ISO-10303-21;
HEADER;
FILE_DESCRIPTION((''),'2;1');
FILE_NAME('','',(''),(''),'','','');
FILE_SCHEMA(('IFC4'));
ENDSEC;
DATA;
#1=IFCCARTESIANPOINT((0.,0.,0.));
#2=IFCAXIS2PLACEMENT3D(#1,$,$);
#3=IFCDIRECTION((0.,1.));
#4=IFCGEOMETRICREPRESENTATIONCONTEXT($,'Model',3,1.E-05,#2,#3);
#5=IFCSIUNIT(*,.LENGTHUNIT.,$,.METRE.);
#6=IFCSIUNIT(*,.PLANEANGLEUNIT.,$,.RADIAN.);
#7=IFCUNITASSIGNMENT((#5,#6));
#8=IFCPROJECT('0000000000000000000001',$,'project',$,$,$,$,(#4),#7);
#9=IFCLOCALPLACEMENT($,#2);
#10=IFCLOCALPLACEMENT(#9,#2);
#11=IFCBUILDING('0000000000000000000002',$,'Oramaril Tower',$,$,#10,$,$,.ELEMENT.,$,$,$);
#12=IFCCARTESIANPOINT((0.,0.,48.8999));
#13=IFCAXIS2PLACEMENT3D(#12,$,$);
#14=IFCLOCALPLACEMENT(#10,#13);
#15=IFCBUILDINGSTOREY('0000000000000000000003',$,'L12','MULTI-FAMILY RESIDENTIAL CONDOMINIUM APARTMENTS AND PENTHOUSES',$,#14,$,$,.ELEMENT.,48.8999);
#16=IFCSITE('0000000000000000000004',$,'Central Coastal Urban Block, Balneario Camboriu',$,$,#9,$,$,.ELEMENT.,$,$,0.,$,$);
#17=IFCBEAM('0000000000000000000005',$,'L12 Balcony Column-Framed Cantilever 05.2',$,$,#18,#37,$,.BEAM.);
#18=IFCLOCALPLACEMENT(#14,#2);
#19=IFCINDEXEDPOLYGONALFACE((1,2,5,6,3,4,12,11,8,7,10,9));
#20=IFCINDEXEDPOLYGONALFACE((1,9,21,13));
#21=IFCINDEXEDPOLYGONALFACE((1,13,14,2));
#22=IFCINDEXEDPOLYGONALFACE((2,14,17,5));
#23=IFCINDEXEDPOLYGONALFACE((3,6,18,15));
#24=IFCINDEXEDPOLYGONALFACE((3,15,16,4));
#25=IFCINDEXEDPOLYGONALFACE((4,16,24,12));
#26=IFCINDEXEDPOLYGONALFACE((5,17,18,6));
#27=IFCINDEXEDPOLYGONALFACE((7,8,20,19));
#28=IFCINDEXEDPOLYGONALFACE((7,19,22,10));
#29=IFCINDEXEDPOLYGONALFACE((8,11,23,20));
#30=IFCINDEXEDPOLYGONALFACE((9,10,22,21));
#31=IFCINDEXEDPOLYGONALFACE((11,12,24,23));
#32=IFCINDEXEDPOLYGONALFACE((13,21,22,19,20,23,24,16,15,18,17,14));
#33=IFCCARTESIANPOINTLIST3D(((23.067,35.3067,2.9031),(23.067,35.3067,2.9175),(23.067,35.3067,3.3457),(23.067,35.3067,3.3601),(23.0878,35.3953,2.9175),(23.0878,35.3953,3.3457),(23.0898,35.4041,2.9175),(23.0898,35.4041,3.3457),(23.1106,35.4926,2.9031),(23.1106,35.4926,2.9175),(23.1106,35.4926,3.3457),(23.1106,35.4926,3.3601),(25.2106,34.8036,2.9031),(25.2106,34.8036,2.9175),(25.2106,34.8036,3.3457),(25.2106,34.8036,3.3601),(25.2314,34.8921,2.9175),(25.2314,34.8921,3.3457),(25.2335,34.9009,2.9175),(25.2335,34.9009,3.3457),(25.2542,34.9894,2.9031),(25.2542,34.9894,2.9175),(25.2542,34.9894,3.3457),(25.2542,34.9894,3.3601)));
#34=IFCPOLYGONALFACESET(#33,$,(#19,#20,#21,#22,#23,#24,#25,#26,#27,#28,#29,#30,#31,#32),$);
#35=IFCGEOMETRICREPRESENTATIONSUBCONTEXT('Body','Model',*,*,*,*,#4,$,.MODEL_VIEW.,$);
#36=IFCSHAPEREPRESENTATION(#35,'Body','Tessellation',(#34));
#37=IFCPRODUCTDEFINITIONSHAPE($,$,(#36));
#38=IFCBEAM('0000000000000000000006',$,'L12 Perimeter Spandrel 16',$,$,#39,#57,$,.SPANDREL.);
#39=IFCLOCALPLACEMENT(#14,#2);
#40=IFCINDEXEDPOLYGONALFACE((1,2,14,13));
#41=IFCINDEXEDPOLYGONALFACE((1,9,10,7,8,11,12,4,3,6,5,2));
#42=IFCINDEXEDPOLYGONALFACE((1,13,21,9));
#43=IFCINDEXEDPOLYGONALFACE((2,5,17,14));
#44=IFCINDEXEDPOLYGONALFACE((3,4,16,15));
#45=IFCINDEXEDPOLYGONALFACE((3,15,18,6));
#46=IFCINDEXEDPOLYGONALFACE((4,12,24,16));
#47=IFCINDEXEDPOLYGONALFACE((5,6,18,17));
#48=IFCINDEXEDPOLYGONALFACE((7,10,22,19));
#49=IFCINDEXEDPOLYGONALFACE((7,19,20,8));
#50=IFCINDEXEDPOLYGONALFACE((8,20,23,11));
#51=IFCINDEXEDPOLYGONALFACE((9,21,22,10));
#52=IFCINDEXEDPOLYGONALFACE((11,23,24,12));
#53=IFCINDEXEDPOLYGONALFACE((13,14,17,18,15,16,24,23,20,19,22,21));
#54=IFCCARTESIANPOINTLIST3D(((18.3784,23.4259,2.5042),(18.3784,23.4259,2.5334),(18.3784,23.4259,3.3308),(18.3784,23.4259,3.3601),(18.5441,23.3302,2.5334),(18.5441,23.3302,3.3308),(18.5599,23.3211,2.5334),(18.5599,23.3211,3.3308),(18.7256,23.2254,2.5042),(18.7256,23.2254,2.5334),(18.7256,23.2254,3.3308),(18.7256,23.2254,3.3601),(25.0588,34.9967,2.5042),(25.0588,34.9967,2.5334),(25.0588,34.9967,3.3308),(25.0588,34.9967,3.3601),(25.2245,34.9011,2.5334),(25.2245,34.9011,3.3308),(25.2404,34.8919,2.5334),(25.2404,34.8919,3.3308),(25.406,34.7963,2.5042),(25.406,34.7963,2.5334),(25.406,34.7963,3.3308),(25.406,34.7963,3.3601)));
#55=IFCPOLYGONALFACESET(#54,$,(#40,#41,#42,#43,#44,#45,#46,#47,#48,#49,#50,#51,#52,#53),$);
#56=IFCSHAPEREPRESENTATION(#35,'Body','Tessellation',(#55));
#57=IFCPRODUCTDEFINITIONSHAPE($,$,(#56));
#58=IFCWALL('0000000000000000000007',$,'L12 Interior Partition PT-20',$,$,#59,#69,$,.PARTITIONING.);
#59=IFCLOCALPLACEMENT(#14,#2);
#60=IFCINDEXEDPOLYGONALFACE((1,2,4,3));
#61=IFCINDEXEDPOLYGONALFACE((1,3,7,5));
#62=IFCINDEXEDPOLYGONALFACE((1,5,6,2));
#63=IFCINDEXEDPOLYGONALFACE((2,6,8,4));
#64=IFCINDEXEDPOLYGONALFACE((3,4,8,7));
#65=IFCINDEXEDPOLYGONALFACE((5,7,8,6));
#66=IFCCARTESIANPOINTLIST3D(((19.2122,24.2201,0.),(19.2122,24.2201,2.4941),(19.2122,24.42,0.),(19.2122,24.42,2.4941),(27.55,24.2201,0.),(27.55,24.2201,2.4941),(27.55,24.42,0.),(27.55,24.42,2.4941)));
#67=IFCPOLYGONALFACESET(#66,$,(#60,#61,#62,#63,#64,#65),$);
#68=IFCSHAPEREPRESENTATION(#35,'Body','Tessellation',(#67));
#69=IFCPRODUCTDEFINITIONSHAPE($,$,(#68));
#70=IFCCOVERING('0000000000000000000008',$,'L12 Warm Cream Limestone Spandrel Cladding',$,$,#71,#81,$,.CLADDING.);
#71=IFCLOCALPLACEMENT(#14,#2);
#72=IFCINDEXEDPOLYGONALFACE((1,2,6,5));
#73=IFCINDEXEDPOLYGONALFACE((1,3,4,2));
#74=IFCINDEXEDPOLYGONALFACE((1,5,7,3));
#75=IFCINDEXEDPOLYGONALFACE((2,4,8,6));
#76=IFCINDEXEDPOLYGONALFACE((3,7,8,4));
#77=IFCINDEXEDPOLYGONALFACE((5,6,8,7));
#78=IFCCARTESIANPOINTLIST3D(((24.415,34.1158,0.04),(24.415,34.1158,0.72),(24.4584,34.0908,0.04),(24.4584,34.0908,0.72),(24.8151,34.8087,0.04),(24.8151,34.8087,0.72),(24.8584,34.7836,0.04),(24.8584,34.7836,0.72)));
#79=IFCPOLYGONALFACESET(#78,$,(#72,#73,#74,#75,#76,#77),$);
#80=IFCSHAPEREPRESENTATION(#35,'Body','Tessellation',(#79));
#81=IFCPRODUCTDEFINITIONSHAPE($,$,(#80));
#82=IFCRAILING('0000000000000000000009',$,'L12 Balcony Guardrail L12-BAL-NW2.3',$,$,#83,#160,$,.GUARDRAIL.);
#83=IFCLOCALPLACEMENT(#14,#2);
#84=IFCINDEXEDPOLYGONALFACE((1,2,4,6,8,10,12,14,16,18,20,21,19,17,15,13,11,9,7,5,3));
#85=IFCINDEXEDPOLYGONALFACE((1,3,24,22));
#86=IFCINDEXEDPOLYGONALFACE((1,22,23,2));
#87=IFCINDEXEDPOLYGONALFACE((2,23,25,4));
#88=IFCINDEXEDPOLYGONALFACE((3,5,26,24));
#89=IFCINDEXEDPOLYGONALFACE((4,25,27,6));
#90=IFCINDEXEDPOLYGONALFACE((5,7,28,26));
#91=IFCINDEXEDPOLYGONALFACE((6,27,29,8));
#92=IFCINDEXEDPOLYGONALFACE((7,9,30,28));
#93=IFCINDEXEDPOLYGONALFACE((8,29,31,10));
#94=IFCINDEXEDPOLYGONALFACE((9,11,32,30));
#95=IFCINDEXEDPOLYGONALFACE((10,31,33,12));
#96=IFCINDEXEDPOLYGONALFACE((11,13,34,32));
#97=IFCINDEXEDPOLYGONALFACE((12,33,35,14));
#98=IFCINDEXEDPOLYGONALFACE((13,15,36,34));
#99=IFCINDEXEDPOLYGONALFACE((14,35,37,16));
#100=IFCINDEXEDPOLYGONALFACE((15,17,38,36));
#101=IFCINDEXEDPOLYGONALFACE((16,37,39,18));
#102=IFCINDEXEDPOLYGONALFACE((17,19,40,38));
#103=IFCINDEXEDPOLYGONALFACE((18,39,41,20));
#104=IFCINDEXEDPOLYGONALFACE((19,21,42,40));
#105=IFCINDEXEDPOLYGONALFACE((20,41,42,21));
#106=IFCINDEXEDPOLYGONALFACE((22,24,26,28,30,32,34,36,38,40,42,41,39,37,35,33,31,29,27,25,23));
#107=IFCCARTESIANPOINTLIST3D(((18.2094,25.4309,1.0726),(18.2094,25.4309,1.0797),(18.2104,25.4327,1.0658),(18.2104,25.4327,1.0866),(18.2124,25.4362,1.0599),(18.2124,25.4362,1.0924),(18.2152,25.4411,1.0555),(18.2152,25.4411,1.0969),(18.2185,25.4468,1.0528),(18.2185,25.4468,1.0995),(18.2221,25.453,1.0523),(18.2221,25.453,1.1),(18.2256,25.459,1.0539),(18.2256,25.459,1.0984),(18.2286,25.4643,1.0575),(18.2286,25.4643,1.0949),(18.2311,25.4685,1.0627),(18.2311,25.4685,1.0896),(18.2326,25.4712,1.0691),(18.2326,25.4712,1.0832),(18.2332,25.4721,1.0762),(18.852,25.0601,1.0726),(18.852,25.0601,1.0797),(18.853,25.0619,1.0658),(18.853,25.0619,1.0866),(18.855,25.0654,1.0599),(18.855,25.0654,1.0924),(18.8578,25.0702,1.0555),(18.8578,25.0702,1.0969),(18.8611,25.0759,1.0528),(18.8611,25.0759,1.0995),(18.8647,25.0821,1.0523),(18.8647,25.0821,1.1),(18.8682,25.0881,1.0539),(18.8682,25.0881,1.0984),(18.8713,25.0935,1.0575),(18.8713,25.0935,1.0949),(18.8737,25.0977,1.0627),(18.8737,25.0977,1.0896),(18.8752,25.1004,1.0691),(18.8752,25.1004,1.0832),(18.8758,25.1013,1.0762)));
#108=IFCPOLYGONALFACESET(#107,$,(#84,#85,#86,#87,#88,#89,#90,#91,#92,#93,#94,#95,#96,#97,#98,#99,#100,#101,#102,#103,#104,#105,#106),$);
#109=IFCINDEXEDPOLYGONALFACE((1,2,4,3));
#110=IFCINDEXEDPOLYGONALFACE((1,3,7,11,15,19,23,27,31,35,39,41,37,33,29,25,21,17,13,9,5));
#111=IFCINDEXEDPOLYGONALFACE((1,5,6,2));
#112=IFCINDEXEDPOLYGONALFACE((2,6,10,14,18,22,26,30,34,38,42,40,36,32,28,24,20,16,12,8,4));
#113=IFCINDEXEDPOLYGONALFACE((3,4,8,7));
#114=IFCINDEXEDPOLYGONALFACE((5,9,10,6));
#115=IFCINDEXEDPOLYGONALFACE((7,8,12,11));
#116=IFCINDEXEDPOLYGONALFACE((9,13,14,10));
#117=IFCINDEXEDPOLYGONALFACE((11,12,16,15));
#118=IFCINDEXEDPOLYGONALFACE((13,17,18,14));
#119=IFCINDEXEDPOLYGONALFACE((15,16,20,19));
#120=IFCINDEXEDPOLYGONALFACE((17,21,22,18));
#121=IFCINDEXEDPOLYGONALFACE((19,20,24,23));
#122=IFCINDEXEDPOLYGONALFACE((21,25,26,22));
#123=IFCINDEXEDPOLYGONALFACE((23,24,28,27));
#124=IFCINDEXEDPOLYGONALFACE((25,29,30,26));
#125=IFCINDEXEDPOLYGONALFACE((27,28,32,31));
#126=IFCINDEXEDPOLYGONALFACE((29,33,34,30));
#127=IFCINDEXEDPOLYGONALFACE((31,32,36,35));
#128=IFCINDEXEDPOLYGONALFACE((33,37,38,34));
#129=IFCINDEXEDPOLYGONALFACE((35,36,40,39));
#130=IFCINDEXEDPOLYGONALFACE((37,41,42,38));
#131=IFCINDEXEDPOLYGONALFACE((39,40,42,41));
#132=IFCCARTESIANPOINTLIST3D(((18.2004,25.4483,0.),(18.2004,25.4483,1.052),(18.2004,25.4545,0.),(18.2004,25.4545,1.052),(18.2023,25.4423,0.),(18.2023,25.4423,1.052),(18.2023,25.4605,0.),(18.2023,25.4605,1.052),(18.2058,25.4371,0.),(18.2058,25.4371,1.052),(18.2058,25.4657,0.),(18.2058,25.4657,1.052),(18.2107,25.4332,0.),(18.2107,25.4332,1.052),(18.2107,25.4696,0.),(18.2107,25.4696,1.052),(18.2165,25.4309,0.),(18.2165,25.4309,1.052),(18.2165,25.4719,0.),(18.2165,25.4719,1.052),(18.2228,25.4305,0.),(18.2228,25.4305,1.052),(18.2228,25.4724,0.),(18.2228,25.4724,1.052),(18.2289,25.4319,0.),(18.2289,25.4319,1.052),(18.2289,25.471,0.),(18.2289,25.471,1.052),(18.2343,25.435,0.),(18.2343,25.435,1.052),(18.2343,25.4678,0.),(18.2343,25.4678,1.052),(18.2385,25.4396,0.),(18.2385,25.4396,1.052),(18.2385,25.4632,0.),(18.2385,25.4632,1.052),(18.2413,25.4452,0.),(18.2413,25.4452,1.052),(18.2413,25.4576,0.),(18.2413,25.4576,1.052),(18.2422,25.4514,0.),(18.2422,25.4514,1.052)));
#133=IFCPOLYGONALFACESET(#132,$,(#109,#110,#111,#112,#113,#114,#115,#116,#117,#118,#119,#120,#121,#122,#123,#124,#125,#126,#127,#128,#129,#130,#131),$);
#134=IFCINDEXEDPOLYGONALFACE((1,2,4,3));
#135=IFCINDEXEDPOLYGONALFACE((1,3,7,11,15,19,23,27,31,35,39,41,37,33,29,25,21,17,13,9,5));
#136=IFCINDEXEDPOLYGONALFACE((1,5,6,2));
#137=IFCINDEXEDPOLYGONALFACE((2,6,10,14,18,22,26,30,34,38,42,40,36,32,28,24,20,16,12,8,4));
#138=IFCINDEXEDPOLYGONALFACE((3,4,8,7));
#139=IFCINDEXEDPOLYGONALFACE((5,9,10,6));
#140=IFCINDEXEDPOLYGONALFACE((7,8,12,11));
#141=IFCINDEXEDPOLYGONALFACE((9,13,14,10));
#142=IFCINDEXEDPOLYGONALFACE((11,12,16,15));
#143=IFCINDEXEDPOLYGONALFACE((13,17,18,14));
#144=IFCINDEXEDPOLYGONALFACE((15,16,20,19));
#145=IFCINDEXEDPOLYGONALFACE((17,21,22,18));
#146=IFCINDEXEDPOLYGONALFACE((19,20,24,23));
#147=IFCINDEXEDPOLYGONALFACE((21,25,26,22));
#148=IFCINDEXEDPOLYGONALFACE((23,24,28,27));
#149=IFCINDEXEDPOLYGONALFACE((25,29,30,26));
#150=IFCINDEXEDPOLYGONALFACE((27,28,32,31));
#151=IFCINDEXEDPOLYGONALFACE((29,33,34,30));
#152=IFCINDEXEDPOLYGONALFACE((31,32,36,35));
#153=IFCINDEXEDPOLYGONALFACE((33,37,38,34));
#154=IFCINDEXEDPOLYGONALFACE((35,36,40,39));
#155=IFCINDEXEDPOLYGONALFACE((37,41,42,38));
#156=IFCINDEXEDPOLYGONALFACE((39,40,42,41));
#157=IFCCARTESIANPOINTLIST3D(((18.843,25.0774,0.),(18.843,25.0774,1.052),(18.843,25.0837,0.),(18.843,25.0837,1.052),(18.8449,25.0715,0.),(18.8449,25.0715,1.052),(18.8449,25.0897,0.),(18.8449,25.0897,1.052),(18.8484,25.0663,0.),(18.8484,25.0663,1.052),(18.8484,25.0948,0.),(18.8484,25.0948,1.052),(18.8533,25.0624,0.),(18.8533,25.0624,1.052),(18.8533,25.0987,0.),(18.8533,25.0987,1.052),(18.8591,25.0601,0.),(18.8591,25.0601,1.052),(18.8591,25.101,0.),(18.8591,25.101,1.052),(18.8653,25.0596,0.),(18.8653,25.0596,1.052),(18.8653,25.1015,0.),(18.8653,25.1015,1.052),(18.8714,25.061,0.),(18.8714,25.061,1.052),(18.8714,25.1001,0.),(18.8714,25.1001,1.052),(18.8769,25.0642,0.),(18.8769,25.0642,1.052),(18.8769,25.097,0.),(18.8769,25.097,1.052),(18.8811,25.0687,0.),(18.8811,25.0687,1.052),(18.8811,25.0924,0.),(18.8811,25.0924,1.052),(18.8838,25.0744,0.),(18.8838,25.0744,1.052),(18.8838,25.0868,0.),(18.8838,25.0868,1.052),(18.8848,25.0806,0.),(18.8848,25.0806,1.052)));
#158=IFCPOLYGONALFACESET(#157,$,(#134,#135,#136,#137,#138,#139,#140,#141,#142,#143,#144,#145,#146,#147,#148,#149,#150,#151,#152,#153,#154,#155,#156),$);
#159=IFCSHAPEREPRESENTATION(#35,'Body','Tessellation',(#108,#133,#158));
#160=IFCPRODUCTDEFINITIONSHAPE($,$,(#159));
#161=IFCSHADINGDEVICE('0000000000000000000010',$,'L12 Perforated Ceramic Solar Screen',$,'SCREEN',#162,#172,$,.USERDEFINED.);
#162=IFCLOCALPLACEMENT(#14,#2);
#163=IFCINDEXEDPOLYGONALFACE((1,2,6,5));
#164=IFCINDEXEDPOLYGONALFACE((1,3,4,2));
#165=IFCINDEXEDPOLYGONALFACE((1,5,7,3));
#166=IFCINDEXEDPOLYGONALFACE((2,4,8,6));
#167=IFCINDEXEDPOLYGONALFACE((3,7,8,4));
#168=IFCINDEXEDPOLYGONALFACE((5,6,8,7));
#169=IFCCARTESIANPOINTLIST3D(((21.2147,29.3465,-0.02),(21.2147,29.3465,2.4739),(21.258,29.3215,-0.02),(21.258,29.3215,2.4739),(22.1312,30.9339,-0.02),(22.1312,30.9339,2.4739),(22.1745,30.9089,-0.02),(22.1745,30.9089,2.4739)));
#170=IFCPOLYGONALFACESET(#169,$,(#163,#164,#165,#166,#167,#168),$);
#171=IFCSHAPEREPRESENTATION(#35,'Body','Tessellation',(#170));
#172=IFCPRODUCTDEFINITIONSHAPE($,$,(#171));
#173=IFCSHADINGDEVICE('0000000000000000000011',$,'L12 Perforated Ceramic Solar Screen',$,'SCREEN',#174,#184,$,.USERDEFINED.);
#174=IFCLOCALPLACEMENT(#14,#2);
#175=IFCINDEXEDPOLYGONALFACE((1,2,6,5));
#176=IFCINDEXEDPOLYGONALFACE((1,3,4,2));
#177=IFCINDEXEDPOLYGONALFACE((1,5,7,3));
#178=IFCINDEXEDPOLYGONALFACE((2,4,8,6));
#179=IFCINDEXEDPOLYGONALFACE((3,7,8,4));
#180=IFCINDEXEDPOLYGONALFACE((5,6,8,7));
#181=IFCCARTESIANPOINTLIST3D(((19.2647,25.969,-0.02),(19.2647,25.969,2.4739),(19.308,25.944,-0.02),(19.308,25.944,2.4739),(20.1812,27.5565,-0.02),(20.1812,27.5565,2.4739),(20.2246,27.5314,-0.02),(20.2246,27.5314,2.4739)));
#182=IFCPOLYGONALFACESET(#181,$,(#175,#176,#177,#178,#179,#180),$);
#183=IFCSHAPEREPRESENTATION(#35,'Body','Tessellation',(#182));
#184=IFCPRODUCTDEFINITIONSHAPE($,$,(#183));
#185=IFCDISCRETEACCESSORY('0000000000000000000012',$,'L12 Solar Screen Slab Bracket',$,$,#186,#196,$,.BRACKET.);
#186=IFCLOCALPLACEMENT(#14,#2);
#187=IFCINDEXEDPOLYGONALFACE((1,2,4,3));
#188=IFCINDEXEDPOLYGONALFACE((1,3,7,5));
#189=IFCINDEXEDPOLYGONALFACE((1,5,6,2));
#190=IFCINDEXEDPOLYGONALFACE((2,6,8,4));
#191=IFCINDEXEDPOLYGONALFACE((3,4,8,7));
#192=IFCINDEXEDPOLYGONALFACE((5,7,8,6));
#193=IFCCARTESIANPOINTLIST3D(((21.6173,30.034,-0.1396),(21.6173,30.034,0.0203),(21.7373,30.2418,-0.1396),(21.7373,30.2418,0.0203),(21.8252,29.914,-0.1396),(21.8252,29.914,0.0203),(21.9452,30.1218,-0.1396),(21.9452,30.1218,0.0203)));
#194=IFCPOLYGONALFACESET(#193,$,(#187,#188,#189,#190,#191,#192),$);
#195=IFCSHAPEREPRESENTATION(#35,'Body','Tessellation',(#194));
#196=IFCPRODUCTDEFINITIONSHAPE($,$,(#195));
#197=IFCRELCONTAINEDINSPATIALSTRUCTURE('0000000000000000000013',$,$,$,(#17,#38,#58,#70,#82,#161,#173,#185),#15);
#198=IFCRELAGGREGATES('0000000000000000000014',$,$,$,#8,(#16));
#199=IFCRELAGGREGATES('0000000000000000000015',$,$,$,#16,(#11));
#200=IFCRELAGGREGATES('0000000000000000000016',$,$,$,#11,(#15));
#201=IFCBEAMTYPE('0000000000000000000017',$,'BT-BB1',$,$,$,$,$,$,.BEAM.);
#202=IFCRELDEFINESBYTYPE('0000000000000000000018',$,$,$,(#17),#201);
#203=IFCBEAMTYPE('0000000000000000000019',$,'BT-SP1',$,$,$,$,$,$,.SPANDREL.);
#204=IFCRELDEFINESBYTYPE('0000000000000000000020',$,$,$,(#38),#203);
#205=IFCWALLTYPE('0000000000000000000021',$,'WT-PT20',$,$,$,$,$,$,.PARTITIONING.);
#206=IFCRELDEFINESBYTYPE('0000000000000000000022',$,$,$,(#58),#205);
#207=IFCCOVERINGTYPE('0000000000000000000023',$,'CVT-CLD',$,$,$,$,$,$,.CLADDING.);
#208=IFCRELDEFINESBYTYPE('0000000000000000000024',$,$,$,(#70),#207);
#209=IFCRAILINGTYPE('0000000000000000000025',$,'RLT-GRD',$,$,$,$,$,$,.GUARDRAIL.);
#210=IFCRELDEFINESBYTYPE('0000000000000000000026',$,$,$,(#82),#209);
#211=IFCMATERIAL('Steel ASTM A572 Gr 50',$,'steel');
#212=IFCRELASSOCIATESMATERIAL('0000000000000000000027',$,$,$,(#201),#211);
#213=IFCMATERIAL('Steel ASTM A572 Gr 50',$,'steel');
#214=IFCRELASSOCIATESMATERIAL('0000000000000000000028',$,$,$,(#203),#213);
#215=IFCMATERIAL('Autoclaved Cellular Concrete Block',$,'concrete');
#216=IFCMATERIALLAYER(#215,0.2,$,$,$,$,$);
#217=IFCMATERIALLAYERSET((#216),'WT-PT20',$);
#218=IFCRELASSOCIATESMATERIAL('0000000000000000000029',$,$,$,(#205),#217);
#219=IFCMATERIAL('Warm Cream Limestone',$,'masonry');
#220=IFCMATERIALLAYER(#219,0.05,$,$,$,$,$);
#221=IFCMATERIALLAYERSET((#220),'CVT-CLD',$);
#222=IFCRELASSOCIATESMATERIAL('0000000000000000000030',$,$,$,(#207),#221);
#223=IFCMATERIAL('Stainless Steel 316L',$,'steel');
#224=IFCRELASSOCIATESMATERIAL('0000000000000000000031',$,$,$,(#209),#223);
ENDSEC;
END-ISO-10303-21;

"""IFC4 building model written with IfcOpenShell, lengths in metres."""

from ifc_helpers import new_model, si_unit, direction, frame, frame_2d, origin, origin_2d, place, context, subcontext, project, spatial, rectangle, circle, i_section, extrude, material, layer, layer_set, material_profile, profile_set, type_object, element, save


model = new_model("IFC4")

# Units and contexts
model_context = context("Model", 3, precision=1e-05, world=origin(), true_north=direction((0.0, 1.0)))
body_context = subcontext(model_context, "Body", "Model", "MODEL_VIEW")
ifc_project = project(units=[si_unit("LENGTHUNIT", "METRE"), si_unit("PLANEANGLEUNIT", "RADIAN")], contexts=[model_context])

# Site, building, storey
site_placement = place(None, origin())
site = spatial("IfcSite", under=ifc_project, at=site_placement, Name="Central Coastal Urban Block, Balneario Camboriu", CompositionType="ELEMENT", RefElevation=0.0)
building_placement = place(site_placement, origin())
building = spatial("IfcBuilding", under=site, at=building_placement, Name="Oramaril Tower", CompositionType="ELEMENT")
storey_placement = place(building_placement, frame((0.0, 0.0, 48.8999)))
storey = spatial("IfcBuildingStorey", under=building, at=storey_placement, Name="L12", Description="MULTI-FAMILY RESIDENTIAL CONDOMINIUM APARTMENTS AND PENTHOUSES", CompositionType="ELEMENT", Elevation=48.8999)

# Beams
ifc_material_1 = material(Name="Steel ASTM A572 Gr 50", Category="steel")
ifc_material_profile_1 = material_profile(ifc_material_1, i_section(OverallWidth=0.1909, OverallDepth=0.457, WebThickness=0.009, FlangeThickness=0.0144, at=origin_2d()), Name="W18X50")
ifc_profile_set_1 = profile_set([ifc_material_profile_1], Name="Steel ASTM A572 Gr 50")
beam_type_1 = type_object("IfcBeamType", Name="BT-BB1", PredefinedType="BEAM", material=ifc_profile_set_1)
beam_1_placement = place(storey_placement, frame((25.2324, 34.8965, 3.1316), z_axis=(-0.973538, 0.228526, 0.0), x_axis=(-0.228526, -0.973538, 0.0)))
element("IfcBeam", 1, at=beam_1_placement, inside=storey, type_object=beam_type_1, Name="L12 Balcony Column-Framed Cantilever 05.2", PredefinedType="BEAM", context=body_context, shape_type="SweptSolid", body=[
    extrude(i_section(OverallWidth=0.1909, OverallDepth=0.457, WebThickness=0.009, FlangeThickness=0.0144, at=origin_2d()), origin(), (0.0, 0.0, 1.0), 2.2019),
])
ifc_material_2 = material(Name="Steel ASTM A572 Gr 50", Category="steel")
ifc_material_profile_2 = material_profile(ifc_material_2, i_section(OverallWidth=0.4009, OverallDepth=0.856, WebThickness=0.0183, FlangeThickness=0.0293, at=origin_2d()), Name="W33X201")
ifc_profile_set_2 = profile_set([ifc_material_profile_2], Name="Steel ASTM A572 Gr 50")
beam_type_2 = type_object("IfcBeamType", Name="BT-SP1", PredefinedType="SPANDREL", material=ifc_profile_set_2)
beam_2_placement = place(storey_placement, frame((25.2324, 34.8965, 2.9321), z_axis=(-0.500001, -0.866025, 0.0), x_axis=(0.866025, -0.500001, 0.0)))
element("IfcBeam", 2, at=beam_2_placement, inside=storey, type_object=beam_type_2, Name="L12 Perimeter Spandrel 16", PredefinedType="SPANDREL", context=body_context, shape_type="SweptSolid", body=[
    extrude(i_section(OverallWidth=0.4009, OverallDepth=0.856, WebThickness=0.0183, FlangeThickness=0.0293, at=origin_2d()), origin(), (0.0, 0.0, 1.0), 13.3608),
])

# Wall
ifc_material_3 = material(Name="Autoclaved Cellular Concrete Block", Category="concrete")
ifc_layer_1 = layer(ifc_material_3, 0.2)
ifc_layer_set_1 = layer_set([ifc_layer_1], Name="WT-PT20")
wall_type = type_object("IfcWallType", Name="WT-PT20", PredefinedType="PARTITIONING", material=ifc_layer_set_1)
wall_1_placement = place(storey_placement, frame((19.2122, 24.3201, 0.0), z_axis=(0.0, 0.0, 1.0), x_axis=(1.0, 0.0, 0.0)))
element("IfcWall", 3, at=wall_1_placement, inside=storey, type_object=wall_type, Name="L12 Interior Partition PT-20", PredefinedType="PARTITIONING", context=body_context, shape_type="SweptSolid", body=[
    extrude(rectangle(XDim=8.3379, YDim=0.2, at=frame_2d((4.1689, 0.0))), origin(), (0.0, 0.0, 1.0), 2.4941),
])

# Covering
ifc_material_4 = material(Name="Warm Cream Limestone", Category="masonry")
ifc_layer_2 = layer(ifc_material_4, 0.05)
ifc_layer_set_2 = layer_set([ifc_layer_2], Name="CVT-CLD")
covering_type = type_object("IfcCoveringType", Name="CVT-CLD", PredefinedType="CLADDING", material=ifc_layer_set_2)
covering_placement = place(storey_placement, frame((24.6367, 34.4497, 0.04), z_axis=(0.0, 0.0, 1.0), x_axis=(-0.5, -0.866025, 0.0)))
element("IfcCovering", 4, at=covering_placement, inside=storey, type_object=covering_type, Name="L12 Warm Cream Limestone Spandrel Cladding", PredefinedType="CLADDING", context=body_context, shape_type="SweptSolid", body=[
    extrude(rectangle(XDim=0.8, YDim=0.05, at=origin_2d()), origin(), (0.0, 0.0, 1.0), 0.6799),
])

# Railing
ifc_material_5 = material(Name="Stainless Steel 316L", Category="steel")
railing_type = type_object("IfcRailingType", Name="RLT-GRD", PredefinedType="GUARDRAIL", material=ifc_material_5)
railing_placement = place(storey_placement, frame((18.2212, 25.4514, 0.0)))
element("IfcRailing", 5, at=railing_placement, inside=storey, type_object=railing_type, Name="L12 Balcony Guardrail L12-BAL-NW2.3", PredefinedType="GUARDRAIL", context=body_context, shape_type="SweptSolid", body=[
    extrude(circle(Radius=0.0239, at=origin_2d()), frame((0.0, 0.0, 1.0762), z_axis=(0.866109, -0.499855, 0.0), x_axis=(0.499855, 0.866109, 0.0)), (0.0, 0.0, 1.0), 0.7419),
    extrude(circle(Radius=0.021, at=origin_2d()), origin(), (0.0, 0.0, 1.0), 1.052),
    extrude(circle(Radius=0.021, at=origin_2d()), frame((0.6426, -0.3708, 0.0)), (0.0, 0.0, 1.0), 1.052),
])

# Shading devices
for number, where, z_axis, x_axis, name in (
    (6, (21.6946, 30.1277, -0.02), (0.0, 0.0, 1.0), (-0.5, -0.866025, 0.0), "L12 Perforated Ceramic Solar Screen"),
    (7, (19.7446, 26.7502, -0.02), (0.0, 0.0, 1.0), (-0.5, -0.866025, 0.0), "L12 Perforated Ceramic Solar Screen"),
):
    element("IfcShadingDevice", number, at=place(storey_placement, frame(where, z_axis=z_axis, x_axis=x_axis)), inside=storey, Name=name, ObjectType="SCREEN", PredefinedType="USERDEFINED", context=body_context, shape_type="SweptSolid", body=[
        extrude(rectangle(XDim=1.833, YDim=0.05, at=origin_2d()), origin(), (0.0, 0.0, 1.0), 2.4939),
    ])

# Discrete accessory
for number, where, z_axis, x_axis, name in (
    (8, (21.7812, 30.0779, -0.1396), (0.0, 0.0, 1.0), (-0.5, -0.866025, 0.0), "L12 Solar Screen Slab Bracket"),
):
    element("IfcDiscreteAccessory", number, at=place(storey_placement, frame(where, z_axis=z_axis, x_axis=x_axis)), inside=storey, Name=name, PredefinedType="BRACKET", context=body_context, shape_type="SweptSolid", body=[
        extrude(rectangle(XDim=0.24, YDim=0.24, at=origin_2d()), origin(), (0.0, 0.0, 1.0), 0.1599),
    ])

save(model, "model.ifc")
